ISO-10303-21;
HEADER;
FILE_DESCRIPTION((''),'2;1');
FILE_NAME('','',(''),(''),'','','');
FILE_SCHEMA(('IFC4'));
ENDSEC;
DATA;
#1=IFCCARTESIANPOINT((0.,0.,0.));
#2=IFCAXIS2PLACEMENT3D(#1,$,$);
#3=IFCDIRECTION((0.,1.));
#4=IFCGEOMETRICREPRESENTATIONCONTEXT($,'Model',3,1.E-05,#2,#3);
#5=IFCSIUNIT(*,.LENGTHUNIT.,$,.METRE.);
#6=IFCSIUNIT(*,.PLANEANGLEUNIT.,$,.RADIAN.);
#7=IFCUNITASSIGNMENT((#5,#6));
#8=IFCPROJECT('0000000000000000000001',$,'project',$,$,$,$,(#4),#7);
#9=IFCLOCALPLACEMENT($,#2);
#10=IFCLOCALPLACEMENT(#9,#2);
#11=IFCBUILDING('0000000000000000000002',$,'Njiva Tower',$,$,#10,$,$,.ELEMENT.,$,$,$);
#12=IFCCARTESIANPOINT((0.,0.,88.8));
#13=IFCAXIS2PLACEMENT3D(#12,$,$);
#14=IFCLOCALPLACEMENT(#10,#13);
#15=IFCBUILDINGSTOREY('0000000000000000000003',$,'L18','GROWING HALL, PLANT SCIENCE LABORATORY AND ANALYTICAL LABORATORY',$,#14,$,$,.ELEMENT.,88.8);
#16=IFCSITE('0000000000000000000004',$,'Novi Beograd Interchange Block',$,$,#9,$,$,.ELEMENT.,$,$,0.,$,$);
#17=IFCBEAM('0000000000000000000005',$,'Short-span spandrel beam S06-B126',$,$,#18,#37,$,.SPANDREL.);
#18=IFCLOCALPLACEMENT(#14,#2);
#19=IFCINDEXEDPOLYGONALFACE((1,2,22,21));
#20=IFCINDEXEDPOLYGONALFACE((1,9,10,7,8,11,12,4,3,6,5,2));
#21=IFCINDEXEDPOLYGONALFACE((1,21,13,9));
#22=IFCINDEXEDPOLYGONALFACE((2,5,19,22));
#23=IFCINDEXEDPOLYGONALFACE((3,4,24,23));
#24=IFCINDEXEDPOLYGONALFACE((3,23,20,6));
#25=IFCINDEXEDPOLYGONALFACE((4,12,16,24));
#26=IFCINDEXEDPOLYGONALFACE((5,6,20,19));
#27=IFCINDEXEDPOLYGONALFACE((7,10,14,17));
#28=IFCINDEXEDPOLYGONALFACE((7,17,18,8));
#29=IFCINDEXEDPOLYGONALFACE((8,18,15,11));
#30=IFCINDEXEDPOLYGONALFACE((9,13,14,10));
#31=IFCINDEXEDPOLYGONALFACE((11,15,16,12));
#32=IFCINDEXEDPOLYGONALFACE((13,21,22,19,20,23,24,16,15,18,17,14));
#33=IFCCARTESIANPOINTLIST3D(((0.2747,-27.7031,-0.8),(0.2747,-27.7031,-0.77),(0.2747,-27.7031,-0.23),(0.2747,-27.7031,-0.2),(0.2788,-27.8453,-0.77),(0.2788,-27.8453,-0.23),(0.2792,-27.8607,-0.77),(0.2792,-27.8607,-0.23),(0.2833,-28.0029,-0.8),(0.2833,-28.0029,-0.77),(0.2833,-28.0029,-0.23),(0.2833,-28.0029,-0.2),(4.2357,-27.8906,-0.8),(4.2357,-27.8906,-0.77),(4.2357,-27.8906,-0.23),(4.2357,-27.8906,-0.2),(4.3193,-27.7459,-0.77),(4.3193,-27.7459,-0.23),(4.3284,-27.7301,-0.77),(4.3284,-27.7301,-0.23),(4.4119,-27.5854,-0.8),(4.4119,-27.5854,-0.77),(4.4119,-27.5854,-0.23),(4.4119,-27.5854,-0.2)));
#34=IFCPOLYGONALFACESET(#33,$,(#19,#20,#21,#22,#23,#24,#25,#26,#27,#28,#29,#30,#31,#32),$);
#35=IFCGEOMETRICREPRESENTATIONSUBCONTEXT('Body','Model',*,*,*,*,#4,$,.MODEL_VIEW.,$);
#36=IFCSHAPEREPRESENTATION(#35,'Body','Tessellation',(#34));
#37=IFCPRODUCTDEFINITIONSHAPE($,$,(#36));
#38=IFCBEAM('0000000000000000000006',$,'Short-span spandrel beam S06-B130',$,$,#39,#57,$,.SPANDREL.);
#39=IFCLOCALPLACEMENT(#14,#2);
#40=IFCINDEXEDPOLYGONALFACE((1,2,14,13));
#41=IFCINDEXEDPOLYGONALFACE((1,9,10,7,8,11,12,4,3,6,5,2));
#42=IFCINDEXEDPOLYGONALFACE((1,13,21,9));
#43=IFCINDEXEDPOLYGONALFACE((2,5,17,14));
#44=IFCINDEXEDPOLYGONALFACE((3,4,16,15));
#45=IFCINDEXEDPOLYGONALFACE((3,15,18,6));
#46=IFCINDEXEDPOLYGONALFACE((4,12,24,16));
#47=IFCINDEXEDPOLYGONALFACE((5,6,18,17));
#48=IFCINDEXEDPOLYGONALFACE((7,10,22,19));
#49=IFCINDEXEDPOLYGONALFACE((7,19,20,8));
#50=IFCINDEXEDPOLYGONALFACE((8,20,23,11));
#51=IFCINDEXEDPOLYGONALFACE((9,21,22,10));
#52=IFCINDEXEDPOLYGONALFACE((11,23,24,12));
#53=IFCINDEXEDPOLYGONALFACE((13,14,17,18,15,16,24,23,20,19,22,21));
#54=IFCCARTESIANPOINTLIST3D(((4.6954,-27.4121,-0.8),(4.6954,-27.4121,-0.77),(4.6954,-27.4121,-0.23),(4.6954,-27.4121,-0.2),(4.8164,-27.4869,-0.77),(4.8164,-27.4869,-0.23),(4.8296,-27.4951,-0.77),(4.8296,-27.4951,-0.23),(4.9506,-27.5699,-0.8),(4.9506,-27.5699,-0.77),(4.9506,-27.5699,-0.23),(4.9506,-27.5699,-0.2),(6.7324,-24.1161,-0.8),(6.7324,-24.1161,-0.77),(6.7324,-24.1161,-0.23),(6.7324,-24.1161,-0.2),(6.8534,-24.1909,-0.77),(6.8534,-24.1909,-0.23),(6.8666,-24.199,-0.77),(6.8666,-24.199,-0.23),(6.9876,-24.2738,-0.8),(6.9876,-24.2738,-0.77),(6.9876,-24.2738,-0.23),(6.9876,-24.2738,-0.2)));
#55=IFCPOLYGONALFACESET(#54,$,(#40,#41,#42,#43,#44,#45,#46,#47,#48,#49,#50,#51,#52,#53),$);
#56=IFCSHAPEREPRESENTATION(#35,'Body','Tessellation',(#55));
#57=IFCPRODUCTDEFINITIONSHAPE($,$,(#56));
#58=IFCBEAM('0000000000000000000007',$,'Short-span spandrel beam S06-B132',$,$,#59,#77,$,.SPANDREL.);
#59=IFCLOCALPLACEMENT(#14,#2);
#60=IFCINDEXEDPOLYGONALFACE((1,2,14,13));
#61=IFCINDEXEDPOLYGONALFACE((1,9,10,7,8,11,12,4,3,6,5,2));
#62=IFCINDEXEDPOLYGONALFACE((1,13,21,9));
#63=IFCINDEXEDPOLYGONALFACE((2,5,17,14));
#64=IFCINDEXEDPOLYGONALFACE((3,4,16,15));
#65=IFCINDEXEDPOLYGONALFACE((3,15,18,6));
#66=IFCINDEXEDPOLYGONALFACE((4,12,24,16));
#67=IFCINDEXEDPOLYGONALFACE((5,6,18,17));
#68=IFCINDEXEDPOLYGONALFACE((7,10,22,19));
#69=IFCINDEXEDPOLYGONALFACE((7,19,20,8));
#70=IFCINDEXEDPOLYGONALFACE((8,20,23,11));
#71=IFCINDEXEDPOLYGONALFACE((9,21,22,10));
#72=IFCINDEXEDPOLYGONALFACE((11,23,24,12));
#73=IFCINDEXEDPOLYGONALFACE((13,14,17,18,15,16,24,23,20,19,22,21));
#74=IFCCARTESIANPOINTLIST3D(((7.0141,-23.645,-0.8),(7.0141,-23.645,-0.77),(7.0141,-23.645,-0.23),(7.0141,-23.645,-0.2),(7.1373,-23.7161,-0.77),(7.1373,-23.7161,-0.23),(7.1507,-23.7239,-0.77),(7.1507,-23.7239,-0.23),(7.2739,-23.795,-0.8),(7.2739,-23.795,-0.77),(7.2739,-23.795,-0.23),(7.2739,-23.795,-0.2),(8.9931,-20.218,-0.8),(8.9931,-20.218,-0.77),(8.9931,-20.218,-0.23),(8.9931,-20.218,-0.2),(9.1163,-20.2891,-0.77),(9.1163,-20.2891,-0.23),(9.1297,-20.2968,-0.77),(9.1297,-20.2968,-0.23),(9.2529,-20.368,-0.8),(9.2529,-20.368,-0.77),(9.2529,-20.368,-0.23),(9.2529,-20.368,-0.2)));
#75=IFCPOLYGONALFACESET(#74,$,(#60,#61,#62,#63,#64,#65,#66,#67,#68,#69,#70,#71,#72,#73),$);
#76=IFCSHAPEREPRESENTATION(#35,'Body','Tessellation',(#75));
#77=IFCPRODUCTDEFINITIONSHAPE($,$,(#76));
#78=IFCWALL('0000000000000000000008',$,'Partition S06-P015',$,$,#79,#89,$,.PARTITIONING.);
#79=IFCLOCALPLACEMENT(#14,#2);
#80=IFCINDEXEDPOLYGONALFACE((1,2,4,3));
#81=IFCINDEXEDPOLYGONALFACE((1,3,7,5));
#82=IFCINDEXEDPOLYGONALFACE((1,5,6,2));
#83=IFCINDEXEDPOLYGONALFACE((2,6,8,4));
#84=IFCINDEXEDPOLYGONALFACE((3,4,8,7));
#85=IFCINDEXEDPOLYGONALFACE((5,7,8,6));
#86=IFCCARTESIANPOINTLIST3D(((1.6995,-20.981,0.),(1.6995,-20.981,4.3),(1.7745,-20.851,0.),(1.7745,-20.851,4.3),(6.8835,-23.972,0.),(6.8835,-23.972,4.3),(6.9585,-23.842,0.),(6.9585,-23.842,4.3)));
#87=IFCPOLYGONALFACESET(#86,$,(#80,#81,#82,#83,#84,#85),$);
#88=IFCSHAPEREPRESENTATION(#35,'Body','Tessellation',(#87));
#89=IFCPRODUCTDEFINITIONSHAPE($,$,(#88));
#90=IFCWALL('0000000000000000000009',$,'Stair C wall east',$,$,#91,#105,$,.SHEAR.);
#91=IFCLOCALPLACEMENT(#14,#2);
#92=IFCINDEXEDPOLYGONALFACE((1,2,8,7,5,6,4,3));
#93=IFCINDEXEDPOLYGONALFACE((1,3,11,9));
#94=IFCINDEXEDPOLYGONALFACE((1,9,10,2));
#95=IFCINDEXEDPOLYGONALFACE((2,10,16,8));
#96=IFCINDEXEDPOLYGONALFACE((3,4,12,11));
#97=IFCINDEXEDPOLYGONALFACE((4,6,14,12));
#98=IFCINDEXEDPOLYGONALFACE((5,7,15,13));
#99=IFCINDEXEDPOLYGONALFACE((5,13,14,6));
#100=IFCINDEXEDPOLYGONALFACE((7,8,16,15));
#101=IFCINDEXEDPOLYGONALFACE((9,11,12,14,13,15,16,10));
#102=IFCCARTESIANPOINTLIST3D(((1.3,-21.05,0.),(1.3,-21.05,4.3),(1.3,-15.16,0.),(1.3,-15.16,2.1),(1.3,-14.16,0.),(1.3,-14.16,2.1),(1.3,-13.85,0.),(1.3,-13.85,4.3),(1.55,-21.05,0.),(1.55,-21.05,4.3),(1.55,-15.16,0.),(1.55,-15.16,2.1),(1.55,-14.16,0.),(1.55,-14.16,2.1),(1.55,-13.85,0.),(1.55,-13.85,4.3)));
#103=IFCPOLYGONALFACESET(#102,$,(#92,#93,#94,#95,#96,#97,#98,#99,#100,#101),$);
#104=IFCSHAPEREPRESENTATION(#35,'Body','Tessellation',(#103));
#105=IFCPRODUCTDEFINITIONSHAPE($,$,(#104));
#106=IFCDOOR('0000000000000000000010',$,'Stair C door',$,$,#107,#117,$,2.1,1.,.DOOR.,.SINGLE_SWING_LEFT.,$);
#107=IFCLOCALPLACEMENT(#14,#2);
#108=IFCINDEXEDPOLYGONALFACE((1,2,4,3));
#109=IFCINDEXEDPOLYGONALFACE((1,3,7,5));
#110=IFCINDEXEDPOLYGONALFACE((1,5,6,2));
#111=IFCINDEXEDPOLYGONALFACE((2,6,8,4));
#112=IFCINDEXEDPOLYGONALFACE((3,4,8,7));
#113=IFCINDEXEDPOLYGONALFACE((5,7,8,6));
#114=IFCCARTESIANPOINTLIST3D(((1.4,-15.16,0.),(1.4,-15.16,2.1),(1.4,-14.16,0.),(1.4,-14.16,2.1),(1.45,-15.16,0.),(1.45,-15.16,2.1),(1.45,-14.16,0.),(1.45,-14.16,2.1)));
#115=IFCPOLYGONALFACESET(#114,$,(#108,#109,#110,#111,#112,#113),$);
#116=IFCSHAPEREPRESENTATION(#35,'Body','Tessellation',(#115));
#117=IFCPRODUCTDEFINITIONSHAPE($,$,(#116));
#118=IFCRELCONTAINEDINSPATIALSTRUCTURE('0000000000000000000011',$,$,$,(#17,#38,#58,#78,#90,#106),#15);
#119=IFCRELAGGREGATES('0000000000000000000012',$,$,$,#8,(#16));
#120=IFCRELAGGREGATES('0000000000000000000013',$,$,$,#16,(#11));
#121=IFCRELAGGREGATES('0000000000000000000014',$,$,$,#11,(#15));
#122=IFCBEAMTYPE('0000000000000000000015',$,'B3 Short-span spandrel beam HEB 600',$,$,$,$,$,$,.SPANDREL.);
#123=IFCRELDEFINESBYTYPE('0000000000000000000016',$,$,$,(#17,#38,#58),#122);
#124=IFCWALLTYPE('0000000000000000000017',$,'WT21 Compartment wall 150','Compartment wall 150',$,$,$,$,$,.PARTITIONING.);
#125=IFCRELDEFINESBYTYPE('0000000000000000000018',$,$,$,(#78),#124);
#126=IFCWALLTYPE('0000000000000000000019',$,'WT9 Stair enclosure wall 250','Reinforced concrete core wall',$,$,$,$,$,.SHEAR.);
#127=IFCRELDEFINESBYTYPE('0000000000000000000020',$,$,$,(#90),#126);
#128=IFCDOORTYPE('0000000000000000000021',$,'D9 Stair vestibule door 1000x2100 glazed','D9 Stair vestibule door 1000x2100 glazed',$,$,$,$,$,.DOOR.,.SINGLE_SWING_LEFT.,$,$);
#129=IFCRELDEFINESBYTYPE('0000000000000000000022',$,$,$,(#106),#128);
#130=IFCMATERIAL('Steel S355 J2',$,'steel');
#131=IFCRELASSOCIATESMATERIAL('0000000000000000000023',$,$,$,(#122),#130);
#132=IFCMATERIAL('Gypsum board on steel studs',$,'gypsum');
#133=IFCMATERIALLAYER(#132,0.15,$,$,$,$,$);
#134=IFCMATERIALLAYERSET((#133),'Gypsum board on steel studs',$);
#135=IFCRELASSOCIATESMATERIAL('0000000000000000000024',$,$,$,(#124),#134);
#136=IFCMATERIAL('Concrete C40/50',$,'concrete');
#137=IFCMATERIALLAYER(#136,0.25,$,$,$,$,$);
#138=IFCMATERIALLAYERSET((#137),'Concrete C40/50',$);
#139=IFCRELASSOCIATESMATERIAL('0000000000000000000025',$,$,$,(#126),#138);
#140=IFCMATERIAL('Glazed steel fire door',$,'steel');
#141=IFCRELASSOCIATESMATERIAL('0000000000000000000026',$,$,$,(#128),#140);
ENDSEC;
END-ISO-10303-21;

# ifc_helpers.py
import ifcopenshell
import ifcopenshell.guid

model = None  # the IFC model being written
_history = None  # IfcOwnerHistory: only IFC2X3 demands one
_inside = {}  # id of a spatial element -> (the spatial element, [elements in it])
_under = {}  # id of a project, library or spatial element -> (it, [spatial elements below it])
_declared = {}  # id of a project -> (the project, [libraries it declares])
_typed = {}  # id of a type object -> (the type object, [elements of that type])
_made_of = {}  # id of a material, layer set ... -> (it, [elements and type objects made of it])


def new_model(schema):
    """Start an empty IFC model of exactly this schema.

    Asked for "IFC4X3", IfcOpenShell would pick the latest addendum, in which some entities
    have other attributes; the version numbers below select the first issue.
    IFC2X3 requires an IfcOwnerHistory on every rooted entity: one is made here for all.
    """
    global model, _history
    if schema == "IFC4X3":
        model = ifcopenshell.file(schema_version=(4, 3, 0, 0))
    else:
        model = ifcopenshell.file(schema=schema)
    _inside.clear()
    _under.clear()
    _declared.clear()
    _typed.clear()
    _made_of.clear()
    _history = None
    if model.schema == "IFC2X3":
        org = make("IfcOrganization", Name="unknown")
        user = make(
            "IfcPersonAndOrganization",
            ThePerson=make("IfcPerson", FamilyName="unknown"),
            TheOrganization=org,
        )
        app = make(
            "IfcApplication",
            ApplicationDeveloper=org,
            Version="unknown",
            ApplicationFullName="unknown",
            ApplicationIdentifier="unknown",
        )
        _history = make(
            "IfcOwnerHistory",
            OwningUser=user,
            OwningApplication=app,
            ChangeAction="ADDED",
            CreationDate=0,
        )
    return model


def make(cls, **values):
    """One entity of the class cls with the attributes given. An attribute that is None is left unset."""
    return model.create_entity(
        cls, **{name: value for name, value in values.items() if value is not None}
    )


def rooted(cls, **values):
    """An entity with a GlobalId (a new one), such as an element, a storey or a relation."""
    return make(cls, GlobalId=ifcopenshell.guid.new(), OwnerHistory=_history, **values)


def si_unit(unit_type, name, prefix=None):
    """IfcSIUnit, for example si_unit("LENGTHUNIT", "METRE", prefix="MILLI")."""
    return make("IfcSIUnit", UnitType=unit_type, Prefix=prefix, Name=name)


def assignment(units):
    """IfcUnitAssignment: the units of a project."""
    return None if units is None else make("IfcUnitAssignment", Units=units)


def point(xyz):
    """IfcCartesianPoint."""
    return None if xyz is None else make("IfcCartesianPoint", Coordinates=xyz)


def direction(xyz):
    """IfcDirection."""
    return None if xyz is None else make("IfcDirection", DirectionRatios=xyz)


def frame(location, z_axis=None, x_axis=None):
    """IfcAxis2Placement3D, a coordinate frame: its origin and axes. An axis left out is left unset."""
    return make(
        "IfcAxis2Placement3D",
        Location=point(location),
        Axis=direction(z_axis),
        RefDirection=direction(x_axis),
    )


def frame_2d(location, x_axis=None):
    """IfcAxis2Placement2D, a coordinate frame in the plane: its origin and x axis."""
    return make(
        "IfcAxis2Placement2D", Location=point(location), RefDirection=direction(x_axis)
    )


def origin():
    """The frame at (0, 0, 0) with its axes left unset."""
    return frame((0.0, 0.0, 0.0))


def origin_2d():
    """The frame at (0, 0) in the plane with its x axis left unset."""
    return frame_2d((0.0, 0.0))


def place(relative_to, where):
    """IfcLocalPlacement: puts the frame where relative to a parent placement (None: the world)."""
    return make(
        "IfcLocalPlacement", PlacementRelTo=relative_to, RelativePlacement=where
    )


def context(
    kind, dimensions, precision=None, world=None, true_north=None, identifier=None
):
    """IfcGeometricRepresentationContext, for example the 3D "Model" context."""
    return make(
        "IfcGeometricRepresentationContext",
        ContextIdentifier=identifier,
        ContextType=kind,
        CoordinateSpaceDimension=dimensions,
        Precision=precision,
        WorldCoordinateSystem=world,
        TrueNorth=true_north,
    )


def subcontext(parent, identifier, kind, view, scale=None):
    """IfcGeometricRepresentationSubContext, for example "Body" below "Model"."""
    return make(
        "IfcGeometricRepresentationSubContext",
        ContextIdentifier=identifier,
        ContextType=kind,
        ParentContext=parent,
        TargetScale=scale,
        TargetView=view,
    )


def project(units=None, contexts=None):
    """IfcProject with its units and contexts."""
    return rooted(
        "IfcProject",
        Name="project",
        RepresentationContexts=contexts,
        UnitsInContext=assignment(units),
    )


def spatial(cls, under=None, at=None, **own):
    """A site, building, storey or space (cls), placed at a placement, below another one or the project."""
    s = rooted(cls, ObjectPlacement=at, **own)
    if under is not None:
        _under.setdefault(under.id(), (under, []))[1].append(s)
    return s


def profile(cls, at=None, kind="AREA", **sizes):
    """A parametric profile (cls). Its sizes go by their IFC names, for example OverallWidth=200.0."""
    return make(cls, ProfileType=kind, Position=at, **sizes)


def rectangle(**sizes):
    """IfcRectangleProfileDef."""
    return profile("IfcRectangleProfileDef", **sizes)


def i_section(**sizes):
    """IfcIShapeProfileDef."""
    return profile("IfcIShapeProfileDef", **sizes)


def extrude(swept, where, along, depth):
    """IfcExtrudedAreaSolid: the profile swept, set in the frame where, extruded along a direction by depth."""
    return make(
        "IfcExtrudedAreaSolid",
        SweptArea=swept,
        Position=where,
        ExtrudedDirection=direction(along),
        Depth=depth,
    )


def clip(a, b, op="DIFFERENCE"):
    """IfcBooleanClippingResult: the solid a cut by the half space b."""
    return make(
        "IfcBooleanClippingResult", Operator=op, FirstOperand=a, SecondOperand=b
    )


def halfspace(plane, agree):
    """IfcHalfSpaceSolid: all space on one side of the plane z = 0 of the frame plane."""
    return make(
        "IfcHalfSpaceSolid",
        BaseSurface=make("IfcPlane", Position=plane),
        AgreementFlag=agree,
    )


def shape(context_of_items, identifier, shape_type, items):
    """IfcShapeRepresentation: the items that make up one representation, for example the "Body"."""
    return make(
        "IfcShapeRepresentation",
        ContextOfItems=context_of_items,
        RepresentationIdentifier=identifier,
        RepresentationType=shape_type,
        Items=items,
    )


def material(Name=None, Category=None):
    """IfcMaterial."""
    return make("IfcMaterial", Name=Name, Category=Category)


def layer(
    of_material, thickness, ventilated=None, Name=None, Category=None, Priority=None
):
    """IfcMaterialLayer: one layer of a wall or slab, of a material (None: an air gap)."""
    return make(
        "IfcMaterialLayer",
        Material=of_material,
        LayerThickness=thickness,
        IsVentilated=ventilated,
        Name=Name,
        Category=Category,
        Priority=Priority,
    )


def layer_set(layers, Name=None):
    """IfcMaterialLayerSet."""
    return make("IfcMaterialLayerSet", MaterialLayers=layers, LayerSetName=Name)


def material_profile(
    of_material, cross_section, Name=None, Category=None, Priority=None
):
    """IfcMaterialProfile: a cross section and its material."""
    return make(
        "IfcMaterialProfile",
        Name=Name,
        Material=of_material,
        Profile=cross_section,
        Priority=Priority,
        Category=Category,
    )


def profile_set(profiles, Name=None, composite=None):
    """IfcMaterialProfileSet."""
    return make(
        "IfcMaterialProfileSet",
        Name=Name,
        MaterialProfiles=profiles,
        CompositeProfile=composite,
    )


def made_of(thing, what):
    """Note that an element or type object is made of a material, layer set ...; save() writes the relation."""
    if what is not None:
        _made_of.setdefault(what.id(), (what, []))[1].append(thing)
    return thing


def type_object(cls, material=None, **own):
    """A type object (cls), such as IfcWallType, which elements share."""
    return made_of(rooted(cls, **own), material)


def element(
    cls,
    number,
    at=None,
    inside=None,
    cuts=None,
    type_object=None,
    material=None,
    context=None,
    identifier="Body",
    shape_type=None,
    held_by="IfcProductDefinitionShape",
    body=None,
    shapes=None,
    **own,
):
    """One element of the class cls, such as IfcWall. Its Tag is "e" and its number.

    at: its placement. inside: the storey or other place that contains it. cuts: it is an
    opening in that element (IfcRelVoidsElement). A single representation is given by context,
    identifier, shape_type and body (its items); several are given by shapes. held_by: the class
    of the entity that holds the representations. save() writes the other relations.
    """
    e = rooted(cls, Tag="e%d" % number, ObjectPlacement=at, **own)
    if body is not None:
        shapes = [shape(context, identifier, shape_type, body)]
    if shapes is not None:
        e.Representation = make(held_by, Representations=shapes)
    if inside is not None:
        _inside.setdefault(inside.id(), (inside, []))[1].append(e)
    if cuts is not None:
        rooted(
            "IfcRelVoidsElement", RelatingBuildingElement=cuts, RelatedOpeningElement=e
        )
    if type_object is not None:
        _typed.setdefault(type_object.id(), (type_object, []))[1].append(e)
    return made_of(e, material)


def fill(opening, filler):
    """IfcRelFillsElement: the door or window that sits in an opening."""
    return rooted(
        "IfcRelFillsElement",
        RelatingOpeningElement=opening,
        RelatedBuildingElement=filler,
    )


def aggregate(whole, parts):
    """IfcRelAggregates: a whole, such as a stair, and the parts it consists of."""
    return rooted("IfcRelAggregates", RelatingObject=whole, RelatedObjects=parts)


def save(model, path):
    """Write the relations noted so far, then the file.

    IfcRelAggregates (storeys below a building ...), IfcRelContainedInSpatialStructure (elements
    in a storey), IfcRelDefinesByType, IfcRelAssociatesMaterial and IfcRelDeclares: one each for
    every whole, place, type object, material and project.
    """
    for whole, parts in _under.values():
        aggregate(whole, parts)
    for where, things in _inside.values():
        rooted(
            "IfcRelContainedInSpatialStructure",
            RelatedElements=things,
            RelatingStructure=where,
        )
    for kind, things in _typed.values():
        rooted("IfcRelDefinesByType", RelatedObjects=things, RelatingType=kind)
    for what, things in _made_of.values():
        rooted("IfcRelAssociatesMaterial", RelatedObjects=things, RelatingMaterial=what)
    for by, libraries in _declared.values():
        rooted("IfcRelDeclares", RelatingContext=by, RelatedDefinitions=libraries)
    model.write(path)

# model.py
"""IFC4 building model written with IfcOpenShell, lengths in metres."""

from ifc_helpers import new_model, si_unit, direction, frame, frame_2d, origin, origin_2d, place, context, subcontext, project, spatial, rectangle, i_section, extrude, clip, halfspace, material, layer, layer_set, material_profile, profile_set, type_object, element, fill, save


model = new_model("IFC4")

# Units and contexts
model_context = context("Model", 3, precision=1e-05, world=origin(), true_north=direction((0.0, 1.0)))
body_context = subcontext(model_context, "Body", "Model", "MODEL_VIEW")
ifc_project = project(units=[si_unit("LENGTHUNIT", "METRE"), si_unit("PLANEANGLEUNIT", "RADIAN")], contexts=[model_context])

# Site, building, storey
site_placement = place(None, origin())
site = spatial("IfcSite", under=ifc_project, at=site_placement, Name="Novi Beograd Interchange Block", CompositionType="ELEMENT", RefElevation=0.0)
building_placement = place(site_placement, origin())
building = spatial("IfcBuilding", under=site, at=building_placement, Name="Njiva Tower", CompositionType="ELEMENT")
storey_placement = place(building_placement, frame((0.0, 0.0, 88.8)))
storey = spatial("IfcBuildingStorey", under=building, at=storey_placement, Name="L18", Description="GROWING HALL, PLANT SCIENCE LABORATORY AND ANALYTICAL LABORATORY", CompositionType="ELEMENT", Elevation=88.8)

# Shared definitions
ifc_material_1 = material(Name="Steel S355 J2", Category="steel")

# Beams
ifc_material_profile_1 = material_profile(ifc_material_1, i_section(OverallWidth=0.3, OverallDepth=0.6, WebThickness=0.0155, FlangeThickness=0.03, at=origin_2d()), Name="HEB 600")
ifc_profile_set_1 = profile_set([ifc_material_profile_1], Name="Steel S355 J2")
beam_type_1 = type_object("IfcBeamType", Name="B3 Short-span spandrel beam HEB 600", PredefinedType="SPANDREL", material=ifc_profile_set_1)
beam_1_placement = place(storey_placement, frame((0.279, -27.853, -0.5), z_axis=(0.999596, 0.028419, 0.0), x_axis=(-0.028419, 0.999596, 0.0)))
element("IfcBeam", 1, at=beam_1_placement, inside=storey, type_object=beam_type_1, Name="Short-span spandrel beam S06-B126", PredefinedType="SPANDREL", context=body_context, shape_type="Clipping", body=[
    clip(extrude(i_section(OverallWidth=0.3, OverallDepth=0.6, WebThickness=0.0155, FlangeThickness=0.03, at=origin_2d()), origin(), (0.0, 0.0, 1.0), 4.1586), halfspace(frame((-0.0262, 0.0, 4.0303), z_axis=(-0.524407, 0.0, 0.851467), x_axis=(0.0, 1.0, 0.0)), False)),
])
beam_2_placement = place(storey_placement, frame((4.823, -27.491, -0.5), z_axis=(0.525724, 0.850655, 0.0), x_axis=(-0.850655, 0.525724, 0.0)))
element("IfcBeam", 2, at=beam_2_placement, inside=storey, type_object=beam_type_1, Name="Short-span spandrel beam S06-B130", PredefinedType="SPANDREL", context=body_context, shape_type="SweptSolid", body=[
    extrude(i_section(OverallWidth=0.3, OverallDepth=0.6, WebThickness=0.0155, FlangeThickness=0.03, at=origin_2d()), origin(), (0.0, 0.0, 1.0), 3.8747),
])
beam_3_placement = place(storey_placement, frame((7.144, -23.72, -0.5), z_axis=(0.50008, 0.865979, 0.0), x_axis=(-0.865979, 0.50008, 0.0)))
element("IfcBeam", 3, at=beam_3_placement, inside=storey, type_object=beam_type_1, Name="Short-span spandrel beam S06-B132", PredefinedType="SPANDREL", context=body_context, shape_type="SweptSolid", body=[
    extrude(i_section(OverallWidth=0.3, OverallDepth=0.6, WebThickness=0.0155, FlangeThickness=0.03, at=origin_2d()), origin(), (0.0, 0.0, 1.0), 3.9574),
])

# Wall
ifc_material_2 = material(Name="Gypsum board on steel studs", Category="gypsum")
ifc_layer_1 = layer(ifc_material_2, 0.15)
ifc_layer_set_1 = layer_set([ifc_layer_1], Name="Gypsum board on steel studs")
wall_type_1 = type_object("IfcWallType", Name="WT21 Compartment wall 150", Description="Compartment wall 150", PredefinedType="PARTITIONING", material=ifc_layer_set_1)
wall_1_placement = place(storey_placement, frame((1.737, -20.916, 0.0), z_axis=(0.0, 0.0, 1.0), x_axis=(0.866169, -0.499751, 0.0)))
element("IfcWall", 4, at=wall_1_placement, inside=storey, type_object=wall_type_1, Name="Partition S06-P015", PredefinedType="PARTITIONING", context=body_context, shape_type="SweptSolid", body=[
    extrude(rectangle(XDim=5.985, YDim=0.15, at=frame_2d((2.9925, 0.0))), origin(), (0.0, 0.0, 1.0), 4.3),
])

# Wall, opening, door
ifc_material_3 = material(Name="Concrete C40/50", Category="concrete")
ifc_layer_2 = layer(ifc_material_3, 0.25)
ifc_layer_set_2 = layer_set([ifc_layer_2], Name="Concrete C40/50")
wall_type_2 = type_object("IfcWallType", Name="WT9 Stair enclosure wall 250", Description="Reinforced concrete core wall", PredefinedType="SHEAR", material=ifc_layer_set_2)
wall_2_placement = place(storey_placement, frame((1.425, -21.05, 0.0), z_axis=(0.0, 0.0, 1.0), x_axis=(0.0, 1.0, 0.0)))
wall_2 = element("IfcWall", 5, at=wall_2_placement, inside=storey, type_object=wall_type_2, Name="Stair C wall east", PredefinedType="SHEAR", context=body_context, shape_type="SweptSolid", body=[
    extrude(rectangle(XDim=7.2, YDim=0.25, at=frame_2d((3.6, 0.0))), origin(), (0.0, 0.0, 1.0), 4.3),
])
opening_1_placement = place(wall_2_placement, frame((5.89, 0.0, 0.0)))
opening_1 = element("IfcOpeningElement", 6, at=opening_1_placement, cuts=wall_2, PredefinedType="OPENING", context=body_context, shape_type="SweptSolid", body=[
    extrude(rectangle(XDim=1.0, YDim=2.1, at=frame_2d((0.5, 1.05))), frame((0.0, 0.135, 0.0), z_axis=(0.0, -1.0, 0.0), x_axis=(1.0, 0.0, 0.0)), (0.0, 0.0, 1.0), 0.27),
])
ifc_material_4 = material(Name="Glazed steel fire door", Category="steel")
door_type = type_object("IfcDoorType", Name="D9 Stair vestibule door 1000x2100 glazed", Description="D9 Stair vestibule door 1000x2100 glazed", OperationType="SINGLE_SWING_LEFT", PredefinedType="DOOR", material=ifc_material_4)
door_placement = place(opening_1_placement, origin())
door = element("IfcDoor", 7, at=door_placement, inside=storey, type_object=door_type, Name="Stair C door", OperationType="SINGLE_SWING_LEFT", OverallHeight=2.1, OverallWidth=1.0, PredefinedType="DOOR", context=body_context, shape_type="SweptSolid", body=[
    extrude(rectangle(XDim=1.0, YDim=2.1, at=frame_2d((0.5, 1.05))), frame((0.0, 0.025, 0.0), z_axis=(0.0, -1.0, 0.0), x_axis=(1.0, 0.0, 0.0)), (0.0, 0.0, 1.0), 0.05),
])
fill(opening_1, door)

save(model, "model.ifc")
